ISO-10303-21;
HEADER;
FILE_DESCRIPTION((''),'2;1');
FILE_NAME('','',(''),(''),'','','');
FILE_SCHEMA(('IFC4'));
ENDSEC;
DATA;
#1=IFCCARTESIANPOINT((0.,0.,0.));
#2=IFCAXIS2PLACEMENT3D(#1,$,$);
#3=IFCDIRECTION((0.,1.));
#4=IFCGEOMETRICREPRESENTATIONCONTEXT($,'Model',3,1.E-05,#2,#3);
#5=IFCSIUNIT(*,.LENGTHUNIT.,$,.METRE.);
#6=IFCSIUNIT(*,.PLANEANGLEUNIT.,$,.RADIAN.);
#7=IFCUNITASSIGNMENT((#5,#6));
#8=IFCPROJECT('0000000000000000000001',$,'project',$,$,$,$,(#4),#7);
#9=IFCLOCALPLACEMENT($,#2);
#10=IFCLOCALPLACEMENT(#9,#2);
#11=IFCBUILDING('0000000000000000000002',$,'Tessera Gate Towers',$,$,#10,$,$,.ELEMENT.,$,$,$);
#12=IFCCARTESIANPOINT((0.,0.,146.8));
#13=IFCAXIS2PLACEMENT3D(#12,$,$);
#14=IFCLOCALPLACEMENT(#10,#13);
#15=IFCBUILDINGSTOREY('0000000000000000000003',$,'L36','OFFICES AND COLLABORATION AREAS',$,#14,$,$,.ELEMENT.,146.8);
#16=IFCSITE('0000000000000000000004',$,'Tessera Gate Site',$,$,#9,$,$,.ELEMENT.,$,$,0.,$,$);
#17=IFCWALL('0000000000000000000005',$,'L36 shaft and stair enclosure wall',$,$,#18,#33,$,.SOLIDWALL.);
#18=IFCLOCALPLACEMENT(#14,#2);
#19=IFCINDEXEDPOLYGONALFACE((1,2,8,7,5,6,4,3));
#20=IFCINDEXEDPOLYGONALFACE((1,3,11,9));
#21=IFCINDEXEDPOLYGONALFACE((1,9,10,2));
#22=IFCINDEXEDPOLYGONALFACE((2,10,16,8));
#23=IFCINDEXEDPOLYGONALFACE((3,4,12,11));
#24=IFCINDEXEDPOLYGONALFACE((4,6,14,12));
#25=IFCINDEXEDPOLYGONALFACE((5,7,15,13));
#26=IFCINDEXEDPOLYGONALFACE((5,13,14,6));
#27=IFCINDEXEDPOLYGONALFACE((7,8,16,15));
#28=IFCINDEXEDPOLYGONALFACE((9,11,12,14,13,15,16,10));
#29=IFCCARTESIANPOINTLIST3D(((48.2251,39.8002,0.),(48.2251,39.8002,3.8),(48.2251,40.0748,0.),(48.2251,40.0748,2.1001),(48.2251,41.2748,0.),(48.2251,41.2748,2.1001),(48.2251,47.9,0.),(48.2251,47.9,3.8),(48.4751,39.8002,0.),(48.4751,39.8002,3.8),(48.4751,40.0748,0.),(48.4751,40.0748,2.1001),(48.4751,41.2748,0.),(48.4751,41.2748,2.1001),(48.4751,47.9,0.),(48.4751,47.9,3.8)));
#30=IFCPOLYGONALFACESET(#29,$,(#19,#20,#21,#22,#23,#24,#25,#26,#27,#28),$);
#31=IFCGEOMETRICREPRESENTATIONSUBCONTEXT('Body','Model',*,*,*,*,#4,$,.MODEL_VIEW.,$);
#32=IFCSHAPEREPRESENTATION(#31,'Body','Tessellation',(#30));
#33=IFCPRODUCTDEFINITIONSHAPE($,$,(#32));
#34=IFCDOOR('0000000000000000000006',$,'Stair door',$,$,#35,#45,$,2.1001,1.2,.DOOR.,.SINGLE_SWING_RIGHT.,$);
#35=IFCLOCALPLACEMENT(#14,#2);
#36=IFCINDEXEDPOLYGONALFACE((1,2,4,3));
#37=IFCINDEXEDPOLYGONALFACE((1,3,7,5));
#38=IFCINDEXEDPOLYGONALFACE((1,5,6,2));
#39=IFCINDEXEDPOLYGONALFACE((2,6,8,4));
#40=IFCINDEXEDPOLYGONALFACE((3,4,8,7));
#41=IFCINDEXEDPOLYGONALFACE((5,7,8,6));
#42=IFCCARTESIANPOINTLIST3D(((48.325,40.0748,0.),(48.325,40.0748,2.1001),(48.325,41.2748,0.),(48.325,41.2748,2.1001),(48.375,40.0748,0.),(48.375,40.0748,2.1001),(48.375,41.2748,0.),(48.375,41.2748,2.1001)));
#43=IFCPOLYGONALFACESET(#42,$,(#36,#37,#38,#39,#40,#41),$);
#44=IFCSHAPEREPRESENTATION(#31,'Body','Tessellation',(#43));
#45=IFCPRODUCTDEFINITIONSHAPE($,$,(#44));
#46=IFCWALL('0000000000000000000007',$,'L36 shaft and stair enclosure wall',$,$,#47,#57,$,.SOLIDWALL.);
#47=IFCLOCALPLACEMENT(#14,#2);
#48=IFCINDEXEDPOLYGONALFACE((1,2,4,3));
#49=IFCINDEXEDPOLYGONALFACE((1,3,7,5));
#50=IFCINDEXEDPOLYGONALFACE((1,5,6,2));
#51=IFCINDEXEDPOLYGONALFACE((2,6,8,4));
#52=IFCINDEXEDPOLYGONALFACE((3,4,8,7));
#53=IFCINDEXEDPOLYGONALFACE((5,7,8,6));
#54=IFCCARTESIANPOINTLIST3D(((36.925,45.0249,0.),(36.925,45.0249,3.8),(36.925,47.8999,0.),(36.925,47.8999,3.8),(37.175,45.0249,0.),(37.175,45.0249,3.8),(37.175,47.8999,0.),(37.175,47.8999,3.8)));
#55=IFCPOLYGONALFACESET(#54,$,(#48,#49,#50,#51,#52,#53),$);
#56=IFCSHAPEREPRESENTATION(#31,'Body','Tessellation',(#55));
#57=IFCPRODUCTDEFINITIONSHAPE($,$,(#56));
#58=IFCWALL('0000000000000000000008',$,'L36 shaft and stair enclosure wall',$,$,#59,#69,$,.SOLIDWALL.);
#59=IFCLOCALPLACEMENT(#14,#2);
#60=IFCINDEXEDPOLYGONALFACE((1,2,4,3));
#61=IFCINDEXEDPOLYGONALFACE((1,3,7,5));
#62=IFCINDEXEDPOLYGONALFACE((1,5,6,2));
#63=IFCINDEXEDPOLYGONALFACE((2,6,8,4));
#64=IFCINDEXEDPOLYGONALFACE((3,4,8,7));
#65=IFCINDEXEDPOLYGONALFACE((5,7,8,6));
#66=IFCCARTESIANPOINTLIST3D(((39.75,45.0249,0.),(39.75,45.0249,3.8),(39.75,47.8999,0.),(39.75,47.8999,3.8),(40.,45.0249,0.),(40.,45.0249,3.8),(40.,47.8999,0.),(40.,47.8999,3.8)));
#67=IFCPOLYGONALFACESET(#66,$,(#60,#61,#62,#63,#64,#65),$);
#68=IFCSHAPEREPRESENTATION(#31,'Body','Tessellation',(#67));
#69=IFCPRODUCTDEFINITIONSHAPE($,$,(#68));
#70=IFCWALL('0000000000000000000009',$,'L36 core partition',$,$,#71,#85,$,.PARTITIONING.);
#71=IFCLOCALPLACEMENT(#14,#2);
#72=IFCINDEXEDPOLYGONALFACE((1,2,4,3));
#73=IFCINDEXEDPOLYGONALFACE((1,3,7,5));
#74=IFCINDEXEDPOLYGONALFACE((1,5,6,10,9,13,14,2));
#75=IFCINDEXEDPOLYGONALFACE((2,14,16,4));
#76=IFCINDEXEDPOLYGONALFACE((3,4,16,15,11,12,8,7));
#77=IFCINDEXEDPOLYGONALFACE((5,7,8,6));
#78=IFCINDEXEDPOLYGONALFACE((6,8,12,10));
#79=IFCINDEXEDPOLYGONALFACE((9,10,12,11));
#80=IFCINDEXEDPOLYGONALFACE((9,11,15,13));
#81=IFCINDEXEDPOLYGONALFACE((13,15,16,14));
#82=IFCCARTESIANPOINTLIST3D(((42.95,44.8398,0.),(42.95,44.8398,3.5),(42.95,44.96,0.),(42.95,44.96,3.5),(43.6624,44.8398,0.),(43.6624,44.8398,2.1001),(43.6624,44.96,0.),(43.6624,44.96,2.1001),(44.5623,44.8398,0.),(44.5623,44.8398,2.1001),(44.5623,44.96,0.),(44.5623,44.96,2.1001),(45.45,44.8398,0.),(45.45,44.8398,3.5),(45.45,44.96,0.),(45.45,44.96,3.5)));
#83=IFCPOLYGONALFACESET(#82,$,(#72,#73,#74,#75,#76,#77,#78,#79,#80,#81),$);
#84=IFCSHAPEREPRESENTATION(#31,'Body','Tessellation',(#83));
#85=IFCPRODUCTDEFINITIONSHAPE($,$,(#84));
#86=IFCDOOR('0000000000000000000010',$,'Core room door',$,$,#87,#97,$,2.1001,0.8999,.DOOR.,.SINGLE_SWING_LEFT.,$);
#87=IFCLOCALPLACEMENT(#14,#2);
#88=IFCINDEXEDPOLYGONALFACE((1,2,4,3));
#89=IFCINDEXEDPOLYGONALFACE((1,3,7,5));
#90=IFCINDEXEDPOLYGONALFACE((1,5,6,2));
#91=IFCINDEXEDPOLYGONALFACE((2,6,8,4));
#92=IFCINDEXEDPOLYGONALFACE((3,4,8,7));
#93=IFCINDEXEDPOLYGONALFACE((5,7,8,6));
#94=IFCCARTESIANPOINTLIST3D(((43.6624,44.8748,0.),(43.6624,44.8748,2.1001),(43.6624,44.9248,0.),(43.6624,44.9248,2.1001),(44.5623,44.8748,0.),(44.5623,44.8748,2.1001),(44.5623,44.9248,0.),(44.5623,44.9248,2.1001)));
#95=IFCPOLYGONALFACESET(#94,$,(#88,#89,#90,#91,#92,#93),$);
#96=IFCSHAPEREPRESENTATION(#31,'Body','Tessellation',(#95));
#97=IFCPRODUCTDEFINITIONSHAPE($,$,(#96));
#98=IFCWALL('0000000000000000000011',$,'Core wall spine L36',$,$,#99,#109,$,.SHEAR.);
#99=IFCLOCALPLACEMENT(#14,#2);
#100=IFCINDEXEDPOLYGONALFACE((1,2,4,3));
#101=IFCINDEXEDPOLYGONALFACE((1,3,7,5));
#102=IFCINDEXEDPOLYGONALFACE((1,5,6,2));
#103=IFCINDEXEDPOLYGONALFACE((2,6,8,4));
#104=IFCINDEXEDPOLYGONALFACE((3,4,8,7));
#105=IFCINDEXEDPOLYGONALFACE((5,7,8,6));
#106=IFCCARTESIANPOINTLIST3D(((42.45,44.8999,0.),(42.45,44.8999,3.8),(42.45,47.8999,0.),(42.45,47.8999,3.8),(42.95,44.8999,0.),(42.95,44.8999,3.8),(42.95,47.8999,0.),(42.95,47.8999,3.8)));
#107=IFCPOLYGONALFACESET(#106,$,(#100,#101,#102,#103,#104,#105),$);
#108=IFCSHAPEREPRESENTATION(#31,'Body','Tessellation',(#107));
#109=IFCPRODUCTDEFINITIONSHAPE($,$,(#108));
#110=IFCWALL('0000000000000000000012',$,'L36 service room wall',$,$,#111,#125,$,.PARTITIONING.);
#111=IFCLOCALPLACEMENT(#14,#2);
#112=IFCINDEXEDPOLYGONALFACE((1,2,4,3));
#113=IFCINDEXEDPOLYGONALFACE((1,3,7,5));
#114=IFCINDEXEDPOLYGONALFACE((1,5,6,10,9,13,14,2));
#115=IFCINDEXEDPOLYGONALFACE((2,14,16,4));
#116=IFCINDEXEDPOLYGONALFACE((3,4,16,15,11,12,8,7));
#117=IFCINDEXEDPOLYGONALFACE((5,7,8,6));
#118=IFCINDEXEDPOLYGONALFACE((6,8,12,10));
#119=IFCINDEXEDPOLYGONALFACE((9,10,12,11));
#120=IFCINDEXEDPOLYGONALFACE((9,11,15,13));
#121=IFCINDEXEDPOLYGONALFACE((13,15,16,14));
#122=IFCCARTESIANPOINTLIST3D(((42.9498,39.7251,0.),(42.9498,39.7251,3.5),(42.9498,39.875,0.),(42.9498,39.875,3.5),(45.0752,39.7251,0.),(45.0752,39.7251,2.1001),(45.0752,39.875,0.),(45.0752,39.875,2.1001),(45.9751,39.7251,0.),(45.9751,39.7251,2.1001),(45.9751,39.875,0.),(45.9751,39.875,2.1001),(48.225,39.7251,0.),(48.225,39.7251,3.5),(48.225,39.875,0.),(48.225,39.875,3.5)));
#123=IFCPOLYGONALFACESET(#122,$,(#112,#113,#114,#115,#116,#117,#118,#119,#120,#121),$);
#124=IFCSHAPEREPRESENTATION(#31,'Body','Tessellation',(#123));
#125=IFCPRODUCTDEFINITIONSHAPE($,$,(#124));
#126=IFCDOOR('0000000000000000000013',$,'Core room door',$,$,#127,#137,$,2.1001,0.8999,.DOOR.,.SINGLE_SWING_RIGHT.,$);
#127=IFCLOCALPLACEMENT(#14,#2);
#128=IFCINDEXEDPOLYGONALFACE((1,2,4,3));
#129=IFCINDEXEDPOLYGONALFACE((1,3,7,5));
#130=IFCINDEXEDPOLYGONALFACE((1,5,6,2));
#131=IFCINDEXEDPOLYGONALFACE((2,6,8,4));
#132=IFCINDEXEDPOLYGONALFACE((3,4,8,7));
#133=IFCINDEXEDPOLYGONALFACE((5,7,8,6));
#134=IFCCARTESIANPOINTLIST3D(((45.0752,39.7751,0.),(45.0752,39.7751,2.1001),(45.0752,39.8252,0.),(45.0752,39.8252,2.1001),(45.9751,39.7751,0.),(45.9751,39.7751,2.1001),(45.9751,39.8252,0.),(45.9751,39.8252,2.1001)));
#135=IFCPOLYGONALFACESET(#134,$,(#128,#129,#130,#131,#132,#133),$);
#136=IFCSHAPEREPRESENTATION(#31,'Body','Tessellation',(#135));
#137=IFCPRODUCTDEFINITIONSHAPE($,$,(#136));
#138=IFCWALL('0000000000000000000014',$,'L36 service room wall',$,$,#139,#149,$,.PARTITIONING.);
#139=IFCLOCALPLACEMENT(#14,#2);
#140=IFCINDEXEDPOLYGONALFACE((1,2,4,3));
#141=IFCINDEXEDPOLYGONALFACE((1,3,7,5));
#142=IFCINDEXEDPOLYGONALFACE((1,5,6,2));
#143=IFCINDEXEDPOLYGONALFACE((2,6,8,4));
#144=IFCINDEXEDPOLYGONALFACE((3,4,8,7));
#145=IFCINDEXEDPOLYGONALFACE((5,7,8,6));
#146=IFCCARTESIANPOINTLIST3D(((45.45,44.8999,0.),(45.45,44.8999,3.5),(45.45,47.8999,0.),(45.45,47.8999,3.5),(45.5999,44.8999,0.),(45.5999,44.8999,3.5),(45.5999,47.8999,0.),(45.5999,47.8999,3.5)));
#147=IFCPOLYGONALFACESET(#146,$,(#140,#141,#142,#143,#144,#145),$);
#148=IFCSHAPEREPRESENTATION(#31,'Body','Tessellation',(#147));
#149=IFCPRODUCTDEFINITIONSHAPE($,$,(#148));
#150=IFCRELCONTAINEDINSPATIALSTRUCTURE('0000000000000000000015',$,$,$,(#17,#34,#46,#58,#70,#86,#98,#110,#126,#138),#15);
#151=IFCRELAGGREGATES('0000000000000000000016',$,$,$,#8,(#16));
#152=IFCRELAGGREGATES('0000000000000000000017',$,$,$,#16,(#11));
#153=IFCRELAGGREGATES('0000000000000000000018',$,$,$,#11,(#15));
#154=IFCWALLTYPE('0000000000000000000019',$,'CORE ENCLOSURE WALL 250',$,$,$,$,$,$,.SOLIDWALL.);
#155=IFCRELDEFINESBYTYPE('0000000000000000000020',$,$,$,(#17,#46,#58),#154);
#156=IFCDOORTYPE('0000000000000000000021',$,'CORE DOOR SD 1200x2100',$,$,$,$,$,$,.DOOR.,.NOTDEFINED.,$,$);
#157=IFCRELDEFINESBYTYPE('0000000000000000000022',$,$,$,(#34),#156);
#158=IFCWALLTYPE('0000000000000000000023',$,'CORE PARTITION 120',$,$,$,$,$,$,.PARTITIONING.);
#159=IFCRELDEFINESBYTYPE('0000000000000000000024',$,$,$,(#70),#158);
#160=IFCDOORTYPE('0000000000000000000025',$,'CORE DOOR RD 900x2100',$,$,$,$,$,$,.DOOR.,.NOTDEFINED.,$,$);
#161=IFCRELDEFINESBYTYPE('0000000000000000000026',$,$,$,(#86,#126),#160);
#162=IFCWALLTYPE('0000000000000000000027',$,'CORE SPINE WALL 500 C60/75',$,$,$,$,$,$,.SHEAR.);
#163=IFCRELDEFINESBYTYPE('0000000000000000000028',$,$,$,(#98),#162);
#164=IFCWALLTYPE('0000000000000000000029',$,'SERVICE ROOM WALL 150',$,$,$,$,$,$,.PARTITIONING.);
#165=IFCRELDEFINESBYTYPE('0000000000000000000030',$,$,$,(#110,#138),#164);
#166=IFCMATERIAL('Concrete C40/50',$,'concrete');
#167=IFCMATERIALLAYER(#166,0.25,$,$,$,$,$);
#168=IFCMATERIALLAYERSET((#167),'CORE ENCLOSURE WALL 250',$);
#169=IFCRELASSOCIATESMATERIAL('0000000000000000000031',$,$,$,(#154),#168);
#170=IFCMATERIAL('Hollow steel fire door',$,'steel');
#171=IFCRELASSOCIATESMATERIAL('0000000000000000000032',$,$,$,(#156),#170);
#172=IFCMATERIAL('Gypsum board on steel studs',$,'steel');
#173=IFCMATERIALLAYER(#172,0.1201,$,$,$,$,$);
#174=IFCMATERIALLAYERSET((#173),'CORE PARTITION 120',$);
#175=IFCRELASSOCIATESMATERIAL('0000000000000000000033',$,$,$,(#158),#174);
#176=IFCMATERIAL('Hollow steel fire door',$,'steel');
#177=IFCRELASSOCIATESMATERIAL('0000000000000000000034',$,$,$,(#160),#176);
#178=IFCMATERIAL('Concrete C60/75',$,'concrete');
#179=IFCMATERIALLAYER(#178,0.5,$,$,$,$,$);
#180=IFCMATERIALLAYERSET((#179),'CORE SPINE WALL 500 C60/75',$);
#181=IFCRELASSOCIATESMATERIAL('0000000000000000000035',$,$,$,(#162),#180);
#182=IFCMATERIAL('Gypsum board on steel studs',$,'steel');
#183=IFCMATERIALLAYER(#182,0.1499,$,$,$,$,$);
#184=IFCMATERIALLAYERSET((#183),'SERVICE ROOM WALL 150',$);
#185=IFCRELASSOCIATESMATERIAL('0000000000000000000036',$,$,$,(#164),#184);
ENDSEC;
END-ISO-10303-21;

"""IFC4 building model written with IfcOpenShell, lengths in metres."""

from ifc_helpers import new_model, si_unit, direction, frame, frame_2d, origin, place, context, subcontext, project, spatial, rectangle, extrude, source, transform, mapped, material, layer, layer_set, type_object, element, fill, save


model = new_model("IFC4")

# Units and contexts
model_context = context("Model", 3, precision=1e-05, world=origin(), true_north=direction((0.0, 1.0)))
body_context = subcontext(model_context, "Body", "Model", "MODEL_VIEW")
ifc_project = project(units=[si_unit("LENGTHUNIT", "METRE"), si_unit("PLANEANGLEUNIT", "RADIAN")], contexts=[model_context])

# Site, building, storey
site_placement = place(None, origin())
site = spatial("IfcSite", under=ifc_project, at=site_placement, Name="Tessera Gate Site", CompositionType="ELEMENT", RefElevation=0.0)
building_placement = place(site_placement, origin())
building = spatial("IfcBuilding", under=site, at=building_placement, Name="Tessera Gate Towers", CompositionType="ELEMENT")
storey_placement = place(building_placement, frame((0.0, 0.0, 146.8)))
storey = spatial("IfcBuildingStorey", under=building, at=storey_placement, Name="L36", Description="OFFICES AND COLLABORATION AREAS", CompositionType="ELEMENT", Elevation=146.8)

# Shared definitions
ifc_material_1 = material(Name="Concrete C40/50", Category="concrete")
ifc_layer_1 = layer(ifc_material_1, 0.25)
ifc_layer_set_1 = layer_set([ifc_layer_1], Name="CORE ENCLOSURE WALL 250")
wall_type_1 = type_object("IfcWallType", Name="CORE ENCLOSURE WALL 250", PredefinedType="SOLIDWALL", material=ifc_layer_set_1)

# Wall, opening, door
wall_1_placement = place(storey_placement, frame((48.3501, 47.8999, 0.0), z_axis=(0.0, 0.0, 1.0), x_axis=(0.0, -1.0, 0.0)))
wall_1 = element("IfcWall", 1, at=wall_1_placement, inside=storey, type_object=wall_type_1, Name="L36 shaft and stair enclosure wall", PredefinedType="SOLIDWALL", context=body_context, shape_type="SweptSolid", body=[
    extrude(rectangle(XDim=8.0999, YDim=0.25, at=frame_2d((4.0498, 0.0))), origin(), (0.0, 0.0, 1.0), 3.8),
])
shared_shape_1 = source(origin(), body_context, "Body", "SweptSolid", [
    extrude(rectangle(XDim=1.2, YDim=2.1001, at=frame_2d((0.6001, 1.05))), frame((0.0, 0.135, 0.0), z_axis=(0.0, -1.0, 0.0), x_axis=(1.0, 0.0, 0.0)), (0.0, 0.0, 1.0), 0.27),
])
opening_1_placement = place(wall_1_placement, frame((6.625, 0.0, 0.0)))
opening_1 = element("IfcOpeningElement", 2, at=opening_1_placement, cuts=wall_1, PredefinedType="OPENING", context=body_context, shape_type="MappedRepresentation", body=[
    mapped(shared_shape_1, transform((0.0, 0.0, 0.0), scale=1.0)),
])
ifc_material_2 = material(Name="Hollow steel fire door", Category="steel")
door_type_1 = type_object("IfcDoorType", Name="CORE DOOR SD 1200x2100", OperationType="NOTDEFINED", PredefinedType="DOOR", material=ifc_material_2)
shared_shape_2 = source(origin(), body_context, "Body", "SweptSolid", [
    extrude(rectangle(XDim=1.2, YDim=2.1001, at=frame_2d((0.6001, 1.05))), frame((0.0, 0.0249, 0.0), z_axis=(0.0, -1.0, 0.0), x_axis=(1.0, 0.0, 0.0)), (0.0, 0.0, 1.0), 0.05),
])
door_1_placement = place(opening_1_placement, origin())
door_1 = element("IfcDoor", 3, at=door_1_placement, inside=storey, type_object=door_type_1, Name="Stair door", OperationType="SINGLE_SWING_RIGHT", OverallHeight=2.1001, OverallWidth=1.2, PredefinedType="DOOR", context=body_context, shape_type="MappedRepresentation", body=[
    mapped(shared_shape_2, transform((0.0, 0.0, 0.0), scale=1.0)),
])
fill(opening_1, door_1)

# Walls
for number, where, z_axis, x_axis, name in (
    (4, (37.05, 45.0249, 0.0), (0.0, 0.0, 1.0), (0.0, 1.0, 0.0), "L36 shaft and stair enclosure wall"),
    (5, (39.875, 45.0249, 0.0), (0.0, 0.0, 1.0), (0.0, 1.0, 0.0), "L36 shaft and stair enclosure wall"),
):
    element("IfcWall", number, at=place(storey_placement, frame(where, z_axis=z_axis, x_axis=x_axis)), inside=storey, type_object=wall_type_1, Name=name, PredefinedType="SOLIDWALL", context=body_context, shape_type="SweptSolid", body=[
        extrude(rectangle(XDim=2.875, YDim=0.25, at=frame_2d((1.4375, 0.0))), origin(), (0.0, 0.0, 1.0), 3.8),
    ])

# Wall, opening, door
ifc_material_3 = material(Name="Gypsum board on steel studs", Category="steel")
ifc_layer_2 = layer(ifc_material_3, 0.1201)
ifc_layer_set_2 = layer_set([ifc_layer_2], Name="CORE PARTITION 120")
wall_type_2 = type_object("IfcWallType", Name="CORE PARTITION 120", PredefinedType="PARTITIONING", material=ifc_layer_set_2)
wall_2_placement = place(storey_placement, frame((42.95, 44.8999, 0.0), z_axis=(0.0, 0.0, 1.0), x_axis=(1.0, 0.0, 0.0)))
wall_2 = element("IfcWall", 6, at=wall_2_placement, inside=storey, type_object=wall_type_2, Name="L36 core partition", PredefinedType="PARTITIONING", context=body_context, shape_type="SweptSolid", body=[
    extrude(rectangle(XDim=2.5, YDim=0.1201, at=frame_2d((1.25, 0.0))), origin(), (0.0, 0.0, 1.0), 3.5),
])
shared_shape_3 = source(origin(), body_context, "Body", "SweptSolid", [
    extrude(rectangle(XDim=0.8999, YDim=2.1001, at=frame_2d((0.45, 1.05))), frame((0.0, 0.0701, 0.0), z_axis=(0.0, -1.0, 0.0), x_axis=(1.0, 0.0, 0.0)), (0.0, 0.0, 1.0), 0.1401),
])
opening_2_placement = place(wall_2_placement, frame((0.7124, 0.0, 0.0)))
opening_2 = element("IfcOpeningElement", 7, at=opening_2_placement, cuts=wall_2, PredefinedType="OPENING", context=body_context, shape_type="MappedRepresentation", body=[
    mapped(shared_shape_3, transform((0.0, 0.0, 0.0), scale=1.0)),
])
ifc_material_4 = material(Name="Hollow steel fire door", Category="steel")
door_type_2 = type_object("IfcDoorType", Name="CORE DOOR RD 900x2100", OperationType="NOTDEFINED", PredefinedType="DOOR", material=ifc_material_4)
shared_shape_4 = source(origin(), body_context, "Body", "SweptSolid", [
    extrude(rectangle(XDim=0.8999, YDim=2.1001, at=frame_2d((0.45, 1.05))), frame((0.0, 0.0249, 0.0), z_axis=(0.0, -1.0, 0.0), x_axis=(1.0, 0.0, 0.0)), (0.0, 0.0, 1.0), 0.05),
])
door_2_placement = place(opening_2_placement, origin())
door_2 = element("IfcDoor", 8, at=door_2_placement, inside=storey, type_object=door_type_2, Name="Core room door", OperationType="SINGLE_SWING_LEFT", OverallHeight=2.1001, OverallWidth=0.8999, PredefinedType="DOOR", context=body_context, shape_type="MappedRepresentation", body=[
    mapped(shared_shape_4, transform((0.0, 0.0, 0.0), scale=1.0)),
])
fill(opening_2, door_2)

# Wall
ifc_material_5 = material(Name="Concrete C60/75", Category="concrete")
ifc_layer_3 = layer(ifc_material_5, 0.5)
ifc_layer_set_3 = layer_set([ifc_layer_3], Name="CORE SPINE WALL 500 C60/75")
wall_type_3 = type_object("IfcWallType", Name="CORE SPINE WALL 500 C60/75", PredefinedType="SHEAR", material=ifc_layer_set_3)
wall_3_placement = place(storey_placement, frame((42.7, 44.8999, 0.0), z_axis=(0.0, 0.0, 1.0), x_axis=(0.0, 1.0, 0.0)))
element("IfcWall", 9, at=wall_3_placement, inside=storey, type_object=wall_type_3, Name="Core wall spine L36", PredefinedType="SHEAR", context=body_context, shape_type="SweptSolid", body=[
    extrude(rectangle(XDim=3.0, YDim=0.5, at=frame_2d((1.5, 0.0))), origin(), (0.0, 0.0, 1.0), 3.8),
])

# Wall, opening, door
ifc_material_6 = material(Name="Gypsum board on steel studs", Category="steel")
ifc_layer_4 = layer(ifc_material_6, 0.1499)
ifc_layer_set_4 = layer_set([ifc_layer_4], Name="SERVICE ROOM WALL 150")
wall_type_4 = type_object("IfcWallType", Name="SERVICE ROOM WALL 150", PredefinedType="PARTITIONING", material=ifc_layer_set_4)
wall_4_placement = place(storey_placement, frame((48.2251, 39.8, 0.0), z_axis=(0.0, 0.0, 1.0), x_axis=(-1.0, 0.0, 0.0)))
wall_4 = element("IfcWall", 10, at=wall_4_placement, inside=storey, type_object=wall_type_4, Name="L36 service room wall", PredefinedType="PARTITIONING", context=body_context, shape_type="SweptSolid", body=[
    extrude(rectangle(XDim=5.2751, YDim=0.1499, at=frame_2d((2.6377, 0.0))), origin(), (0.0, 0.0, 1.0), 3.5),
])
shared_shape_5 = source(origin(), body_context, "Body", "SweptSolid", [
    extrude(rectangle(XDim=0.8999, YDim=2.1001, at=frame_2d((0.45, 1.05))), frame((0.0, 0.085, 0.0), z_axis=(0.0, -1.0, 0.0), x_axis=(1.0, 0.0, 0.0)), (0.0, 0.0, 1.0), 0.1699),
])
opening_3_placement = place(wall_4_placement, frame((2.25, 0.0, 0.0)))
opening_3 = element("IfcOpeningElement", 11, at=opening_3_placement, cuts=wall_4, PredefinedType="OPENING", context=body_context, shape_type="MappedRepresentation", body=[
    mapped(shared_shape_5, transform((0.0, 0.0, 0.0), scale=1.0)),
])
door_3_placement = place(opening_3_placement, origin())
door_3 = element("IfcDoor", 12, at=door_3_placement, inside=storey, type_object=door_type_2, Name="Core room door", OperationType="SINGLE_SWING_RIGHT", OverallHeight=2.1001, OverallWidth=0.8999, PredefinedType="DOOR", context=body_context, shape_type="MappedRepresentation", body=[
    mapped(shared_shape_4, transform((0.0, 0.0, 0.0), scale=1.0)),
])
fill(opening_3, door_3)

# Wall
wall_5_placement = place(storey_placement, frame((45.5249, 44.8999, 0.0), z_axis=(0.0, 0.0, 1.0), x_axis=(0.0, 1.0, 0.0)))
element("IfcWall", 13, at=wall_5_placement, inside=storey, type_object=wall_type_4, Name="L36 service room wall", PredefinedType="PARTITIONING", context=body_context, shape_type="SweptSolid", body=[
    extrude(rectangle(XDim=3.0, YDim=0.1499, at=frame_2d((1.5, 0.0))), origin(), (0.0, 0.0, 1.0), 3.5),
])

save(model, "model.ifc")
